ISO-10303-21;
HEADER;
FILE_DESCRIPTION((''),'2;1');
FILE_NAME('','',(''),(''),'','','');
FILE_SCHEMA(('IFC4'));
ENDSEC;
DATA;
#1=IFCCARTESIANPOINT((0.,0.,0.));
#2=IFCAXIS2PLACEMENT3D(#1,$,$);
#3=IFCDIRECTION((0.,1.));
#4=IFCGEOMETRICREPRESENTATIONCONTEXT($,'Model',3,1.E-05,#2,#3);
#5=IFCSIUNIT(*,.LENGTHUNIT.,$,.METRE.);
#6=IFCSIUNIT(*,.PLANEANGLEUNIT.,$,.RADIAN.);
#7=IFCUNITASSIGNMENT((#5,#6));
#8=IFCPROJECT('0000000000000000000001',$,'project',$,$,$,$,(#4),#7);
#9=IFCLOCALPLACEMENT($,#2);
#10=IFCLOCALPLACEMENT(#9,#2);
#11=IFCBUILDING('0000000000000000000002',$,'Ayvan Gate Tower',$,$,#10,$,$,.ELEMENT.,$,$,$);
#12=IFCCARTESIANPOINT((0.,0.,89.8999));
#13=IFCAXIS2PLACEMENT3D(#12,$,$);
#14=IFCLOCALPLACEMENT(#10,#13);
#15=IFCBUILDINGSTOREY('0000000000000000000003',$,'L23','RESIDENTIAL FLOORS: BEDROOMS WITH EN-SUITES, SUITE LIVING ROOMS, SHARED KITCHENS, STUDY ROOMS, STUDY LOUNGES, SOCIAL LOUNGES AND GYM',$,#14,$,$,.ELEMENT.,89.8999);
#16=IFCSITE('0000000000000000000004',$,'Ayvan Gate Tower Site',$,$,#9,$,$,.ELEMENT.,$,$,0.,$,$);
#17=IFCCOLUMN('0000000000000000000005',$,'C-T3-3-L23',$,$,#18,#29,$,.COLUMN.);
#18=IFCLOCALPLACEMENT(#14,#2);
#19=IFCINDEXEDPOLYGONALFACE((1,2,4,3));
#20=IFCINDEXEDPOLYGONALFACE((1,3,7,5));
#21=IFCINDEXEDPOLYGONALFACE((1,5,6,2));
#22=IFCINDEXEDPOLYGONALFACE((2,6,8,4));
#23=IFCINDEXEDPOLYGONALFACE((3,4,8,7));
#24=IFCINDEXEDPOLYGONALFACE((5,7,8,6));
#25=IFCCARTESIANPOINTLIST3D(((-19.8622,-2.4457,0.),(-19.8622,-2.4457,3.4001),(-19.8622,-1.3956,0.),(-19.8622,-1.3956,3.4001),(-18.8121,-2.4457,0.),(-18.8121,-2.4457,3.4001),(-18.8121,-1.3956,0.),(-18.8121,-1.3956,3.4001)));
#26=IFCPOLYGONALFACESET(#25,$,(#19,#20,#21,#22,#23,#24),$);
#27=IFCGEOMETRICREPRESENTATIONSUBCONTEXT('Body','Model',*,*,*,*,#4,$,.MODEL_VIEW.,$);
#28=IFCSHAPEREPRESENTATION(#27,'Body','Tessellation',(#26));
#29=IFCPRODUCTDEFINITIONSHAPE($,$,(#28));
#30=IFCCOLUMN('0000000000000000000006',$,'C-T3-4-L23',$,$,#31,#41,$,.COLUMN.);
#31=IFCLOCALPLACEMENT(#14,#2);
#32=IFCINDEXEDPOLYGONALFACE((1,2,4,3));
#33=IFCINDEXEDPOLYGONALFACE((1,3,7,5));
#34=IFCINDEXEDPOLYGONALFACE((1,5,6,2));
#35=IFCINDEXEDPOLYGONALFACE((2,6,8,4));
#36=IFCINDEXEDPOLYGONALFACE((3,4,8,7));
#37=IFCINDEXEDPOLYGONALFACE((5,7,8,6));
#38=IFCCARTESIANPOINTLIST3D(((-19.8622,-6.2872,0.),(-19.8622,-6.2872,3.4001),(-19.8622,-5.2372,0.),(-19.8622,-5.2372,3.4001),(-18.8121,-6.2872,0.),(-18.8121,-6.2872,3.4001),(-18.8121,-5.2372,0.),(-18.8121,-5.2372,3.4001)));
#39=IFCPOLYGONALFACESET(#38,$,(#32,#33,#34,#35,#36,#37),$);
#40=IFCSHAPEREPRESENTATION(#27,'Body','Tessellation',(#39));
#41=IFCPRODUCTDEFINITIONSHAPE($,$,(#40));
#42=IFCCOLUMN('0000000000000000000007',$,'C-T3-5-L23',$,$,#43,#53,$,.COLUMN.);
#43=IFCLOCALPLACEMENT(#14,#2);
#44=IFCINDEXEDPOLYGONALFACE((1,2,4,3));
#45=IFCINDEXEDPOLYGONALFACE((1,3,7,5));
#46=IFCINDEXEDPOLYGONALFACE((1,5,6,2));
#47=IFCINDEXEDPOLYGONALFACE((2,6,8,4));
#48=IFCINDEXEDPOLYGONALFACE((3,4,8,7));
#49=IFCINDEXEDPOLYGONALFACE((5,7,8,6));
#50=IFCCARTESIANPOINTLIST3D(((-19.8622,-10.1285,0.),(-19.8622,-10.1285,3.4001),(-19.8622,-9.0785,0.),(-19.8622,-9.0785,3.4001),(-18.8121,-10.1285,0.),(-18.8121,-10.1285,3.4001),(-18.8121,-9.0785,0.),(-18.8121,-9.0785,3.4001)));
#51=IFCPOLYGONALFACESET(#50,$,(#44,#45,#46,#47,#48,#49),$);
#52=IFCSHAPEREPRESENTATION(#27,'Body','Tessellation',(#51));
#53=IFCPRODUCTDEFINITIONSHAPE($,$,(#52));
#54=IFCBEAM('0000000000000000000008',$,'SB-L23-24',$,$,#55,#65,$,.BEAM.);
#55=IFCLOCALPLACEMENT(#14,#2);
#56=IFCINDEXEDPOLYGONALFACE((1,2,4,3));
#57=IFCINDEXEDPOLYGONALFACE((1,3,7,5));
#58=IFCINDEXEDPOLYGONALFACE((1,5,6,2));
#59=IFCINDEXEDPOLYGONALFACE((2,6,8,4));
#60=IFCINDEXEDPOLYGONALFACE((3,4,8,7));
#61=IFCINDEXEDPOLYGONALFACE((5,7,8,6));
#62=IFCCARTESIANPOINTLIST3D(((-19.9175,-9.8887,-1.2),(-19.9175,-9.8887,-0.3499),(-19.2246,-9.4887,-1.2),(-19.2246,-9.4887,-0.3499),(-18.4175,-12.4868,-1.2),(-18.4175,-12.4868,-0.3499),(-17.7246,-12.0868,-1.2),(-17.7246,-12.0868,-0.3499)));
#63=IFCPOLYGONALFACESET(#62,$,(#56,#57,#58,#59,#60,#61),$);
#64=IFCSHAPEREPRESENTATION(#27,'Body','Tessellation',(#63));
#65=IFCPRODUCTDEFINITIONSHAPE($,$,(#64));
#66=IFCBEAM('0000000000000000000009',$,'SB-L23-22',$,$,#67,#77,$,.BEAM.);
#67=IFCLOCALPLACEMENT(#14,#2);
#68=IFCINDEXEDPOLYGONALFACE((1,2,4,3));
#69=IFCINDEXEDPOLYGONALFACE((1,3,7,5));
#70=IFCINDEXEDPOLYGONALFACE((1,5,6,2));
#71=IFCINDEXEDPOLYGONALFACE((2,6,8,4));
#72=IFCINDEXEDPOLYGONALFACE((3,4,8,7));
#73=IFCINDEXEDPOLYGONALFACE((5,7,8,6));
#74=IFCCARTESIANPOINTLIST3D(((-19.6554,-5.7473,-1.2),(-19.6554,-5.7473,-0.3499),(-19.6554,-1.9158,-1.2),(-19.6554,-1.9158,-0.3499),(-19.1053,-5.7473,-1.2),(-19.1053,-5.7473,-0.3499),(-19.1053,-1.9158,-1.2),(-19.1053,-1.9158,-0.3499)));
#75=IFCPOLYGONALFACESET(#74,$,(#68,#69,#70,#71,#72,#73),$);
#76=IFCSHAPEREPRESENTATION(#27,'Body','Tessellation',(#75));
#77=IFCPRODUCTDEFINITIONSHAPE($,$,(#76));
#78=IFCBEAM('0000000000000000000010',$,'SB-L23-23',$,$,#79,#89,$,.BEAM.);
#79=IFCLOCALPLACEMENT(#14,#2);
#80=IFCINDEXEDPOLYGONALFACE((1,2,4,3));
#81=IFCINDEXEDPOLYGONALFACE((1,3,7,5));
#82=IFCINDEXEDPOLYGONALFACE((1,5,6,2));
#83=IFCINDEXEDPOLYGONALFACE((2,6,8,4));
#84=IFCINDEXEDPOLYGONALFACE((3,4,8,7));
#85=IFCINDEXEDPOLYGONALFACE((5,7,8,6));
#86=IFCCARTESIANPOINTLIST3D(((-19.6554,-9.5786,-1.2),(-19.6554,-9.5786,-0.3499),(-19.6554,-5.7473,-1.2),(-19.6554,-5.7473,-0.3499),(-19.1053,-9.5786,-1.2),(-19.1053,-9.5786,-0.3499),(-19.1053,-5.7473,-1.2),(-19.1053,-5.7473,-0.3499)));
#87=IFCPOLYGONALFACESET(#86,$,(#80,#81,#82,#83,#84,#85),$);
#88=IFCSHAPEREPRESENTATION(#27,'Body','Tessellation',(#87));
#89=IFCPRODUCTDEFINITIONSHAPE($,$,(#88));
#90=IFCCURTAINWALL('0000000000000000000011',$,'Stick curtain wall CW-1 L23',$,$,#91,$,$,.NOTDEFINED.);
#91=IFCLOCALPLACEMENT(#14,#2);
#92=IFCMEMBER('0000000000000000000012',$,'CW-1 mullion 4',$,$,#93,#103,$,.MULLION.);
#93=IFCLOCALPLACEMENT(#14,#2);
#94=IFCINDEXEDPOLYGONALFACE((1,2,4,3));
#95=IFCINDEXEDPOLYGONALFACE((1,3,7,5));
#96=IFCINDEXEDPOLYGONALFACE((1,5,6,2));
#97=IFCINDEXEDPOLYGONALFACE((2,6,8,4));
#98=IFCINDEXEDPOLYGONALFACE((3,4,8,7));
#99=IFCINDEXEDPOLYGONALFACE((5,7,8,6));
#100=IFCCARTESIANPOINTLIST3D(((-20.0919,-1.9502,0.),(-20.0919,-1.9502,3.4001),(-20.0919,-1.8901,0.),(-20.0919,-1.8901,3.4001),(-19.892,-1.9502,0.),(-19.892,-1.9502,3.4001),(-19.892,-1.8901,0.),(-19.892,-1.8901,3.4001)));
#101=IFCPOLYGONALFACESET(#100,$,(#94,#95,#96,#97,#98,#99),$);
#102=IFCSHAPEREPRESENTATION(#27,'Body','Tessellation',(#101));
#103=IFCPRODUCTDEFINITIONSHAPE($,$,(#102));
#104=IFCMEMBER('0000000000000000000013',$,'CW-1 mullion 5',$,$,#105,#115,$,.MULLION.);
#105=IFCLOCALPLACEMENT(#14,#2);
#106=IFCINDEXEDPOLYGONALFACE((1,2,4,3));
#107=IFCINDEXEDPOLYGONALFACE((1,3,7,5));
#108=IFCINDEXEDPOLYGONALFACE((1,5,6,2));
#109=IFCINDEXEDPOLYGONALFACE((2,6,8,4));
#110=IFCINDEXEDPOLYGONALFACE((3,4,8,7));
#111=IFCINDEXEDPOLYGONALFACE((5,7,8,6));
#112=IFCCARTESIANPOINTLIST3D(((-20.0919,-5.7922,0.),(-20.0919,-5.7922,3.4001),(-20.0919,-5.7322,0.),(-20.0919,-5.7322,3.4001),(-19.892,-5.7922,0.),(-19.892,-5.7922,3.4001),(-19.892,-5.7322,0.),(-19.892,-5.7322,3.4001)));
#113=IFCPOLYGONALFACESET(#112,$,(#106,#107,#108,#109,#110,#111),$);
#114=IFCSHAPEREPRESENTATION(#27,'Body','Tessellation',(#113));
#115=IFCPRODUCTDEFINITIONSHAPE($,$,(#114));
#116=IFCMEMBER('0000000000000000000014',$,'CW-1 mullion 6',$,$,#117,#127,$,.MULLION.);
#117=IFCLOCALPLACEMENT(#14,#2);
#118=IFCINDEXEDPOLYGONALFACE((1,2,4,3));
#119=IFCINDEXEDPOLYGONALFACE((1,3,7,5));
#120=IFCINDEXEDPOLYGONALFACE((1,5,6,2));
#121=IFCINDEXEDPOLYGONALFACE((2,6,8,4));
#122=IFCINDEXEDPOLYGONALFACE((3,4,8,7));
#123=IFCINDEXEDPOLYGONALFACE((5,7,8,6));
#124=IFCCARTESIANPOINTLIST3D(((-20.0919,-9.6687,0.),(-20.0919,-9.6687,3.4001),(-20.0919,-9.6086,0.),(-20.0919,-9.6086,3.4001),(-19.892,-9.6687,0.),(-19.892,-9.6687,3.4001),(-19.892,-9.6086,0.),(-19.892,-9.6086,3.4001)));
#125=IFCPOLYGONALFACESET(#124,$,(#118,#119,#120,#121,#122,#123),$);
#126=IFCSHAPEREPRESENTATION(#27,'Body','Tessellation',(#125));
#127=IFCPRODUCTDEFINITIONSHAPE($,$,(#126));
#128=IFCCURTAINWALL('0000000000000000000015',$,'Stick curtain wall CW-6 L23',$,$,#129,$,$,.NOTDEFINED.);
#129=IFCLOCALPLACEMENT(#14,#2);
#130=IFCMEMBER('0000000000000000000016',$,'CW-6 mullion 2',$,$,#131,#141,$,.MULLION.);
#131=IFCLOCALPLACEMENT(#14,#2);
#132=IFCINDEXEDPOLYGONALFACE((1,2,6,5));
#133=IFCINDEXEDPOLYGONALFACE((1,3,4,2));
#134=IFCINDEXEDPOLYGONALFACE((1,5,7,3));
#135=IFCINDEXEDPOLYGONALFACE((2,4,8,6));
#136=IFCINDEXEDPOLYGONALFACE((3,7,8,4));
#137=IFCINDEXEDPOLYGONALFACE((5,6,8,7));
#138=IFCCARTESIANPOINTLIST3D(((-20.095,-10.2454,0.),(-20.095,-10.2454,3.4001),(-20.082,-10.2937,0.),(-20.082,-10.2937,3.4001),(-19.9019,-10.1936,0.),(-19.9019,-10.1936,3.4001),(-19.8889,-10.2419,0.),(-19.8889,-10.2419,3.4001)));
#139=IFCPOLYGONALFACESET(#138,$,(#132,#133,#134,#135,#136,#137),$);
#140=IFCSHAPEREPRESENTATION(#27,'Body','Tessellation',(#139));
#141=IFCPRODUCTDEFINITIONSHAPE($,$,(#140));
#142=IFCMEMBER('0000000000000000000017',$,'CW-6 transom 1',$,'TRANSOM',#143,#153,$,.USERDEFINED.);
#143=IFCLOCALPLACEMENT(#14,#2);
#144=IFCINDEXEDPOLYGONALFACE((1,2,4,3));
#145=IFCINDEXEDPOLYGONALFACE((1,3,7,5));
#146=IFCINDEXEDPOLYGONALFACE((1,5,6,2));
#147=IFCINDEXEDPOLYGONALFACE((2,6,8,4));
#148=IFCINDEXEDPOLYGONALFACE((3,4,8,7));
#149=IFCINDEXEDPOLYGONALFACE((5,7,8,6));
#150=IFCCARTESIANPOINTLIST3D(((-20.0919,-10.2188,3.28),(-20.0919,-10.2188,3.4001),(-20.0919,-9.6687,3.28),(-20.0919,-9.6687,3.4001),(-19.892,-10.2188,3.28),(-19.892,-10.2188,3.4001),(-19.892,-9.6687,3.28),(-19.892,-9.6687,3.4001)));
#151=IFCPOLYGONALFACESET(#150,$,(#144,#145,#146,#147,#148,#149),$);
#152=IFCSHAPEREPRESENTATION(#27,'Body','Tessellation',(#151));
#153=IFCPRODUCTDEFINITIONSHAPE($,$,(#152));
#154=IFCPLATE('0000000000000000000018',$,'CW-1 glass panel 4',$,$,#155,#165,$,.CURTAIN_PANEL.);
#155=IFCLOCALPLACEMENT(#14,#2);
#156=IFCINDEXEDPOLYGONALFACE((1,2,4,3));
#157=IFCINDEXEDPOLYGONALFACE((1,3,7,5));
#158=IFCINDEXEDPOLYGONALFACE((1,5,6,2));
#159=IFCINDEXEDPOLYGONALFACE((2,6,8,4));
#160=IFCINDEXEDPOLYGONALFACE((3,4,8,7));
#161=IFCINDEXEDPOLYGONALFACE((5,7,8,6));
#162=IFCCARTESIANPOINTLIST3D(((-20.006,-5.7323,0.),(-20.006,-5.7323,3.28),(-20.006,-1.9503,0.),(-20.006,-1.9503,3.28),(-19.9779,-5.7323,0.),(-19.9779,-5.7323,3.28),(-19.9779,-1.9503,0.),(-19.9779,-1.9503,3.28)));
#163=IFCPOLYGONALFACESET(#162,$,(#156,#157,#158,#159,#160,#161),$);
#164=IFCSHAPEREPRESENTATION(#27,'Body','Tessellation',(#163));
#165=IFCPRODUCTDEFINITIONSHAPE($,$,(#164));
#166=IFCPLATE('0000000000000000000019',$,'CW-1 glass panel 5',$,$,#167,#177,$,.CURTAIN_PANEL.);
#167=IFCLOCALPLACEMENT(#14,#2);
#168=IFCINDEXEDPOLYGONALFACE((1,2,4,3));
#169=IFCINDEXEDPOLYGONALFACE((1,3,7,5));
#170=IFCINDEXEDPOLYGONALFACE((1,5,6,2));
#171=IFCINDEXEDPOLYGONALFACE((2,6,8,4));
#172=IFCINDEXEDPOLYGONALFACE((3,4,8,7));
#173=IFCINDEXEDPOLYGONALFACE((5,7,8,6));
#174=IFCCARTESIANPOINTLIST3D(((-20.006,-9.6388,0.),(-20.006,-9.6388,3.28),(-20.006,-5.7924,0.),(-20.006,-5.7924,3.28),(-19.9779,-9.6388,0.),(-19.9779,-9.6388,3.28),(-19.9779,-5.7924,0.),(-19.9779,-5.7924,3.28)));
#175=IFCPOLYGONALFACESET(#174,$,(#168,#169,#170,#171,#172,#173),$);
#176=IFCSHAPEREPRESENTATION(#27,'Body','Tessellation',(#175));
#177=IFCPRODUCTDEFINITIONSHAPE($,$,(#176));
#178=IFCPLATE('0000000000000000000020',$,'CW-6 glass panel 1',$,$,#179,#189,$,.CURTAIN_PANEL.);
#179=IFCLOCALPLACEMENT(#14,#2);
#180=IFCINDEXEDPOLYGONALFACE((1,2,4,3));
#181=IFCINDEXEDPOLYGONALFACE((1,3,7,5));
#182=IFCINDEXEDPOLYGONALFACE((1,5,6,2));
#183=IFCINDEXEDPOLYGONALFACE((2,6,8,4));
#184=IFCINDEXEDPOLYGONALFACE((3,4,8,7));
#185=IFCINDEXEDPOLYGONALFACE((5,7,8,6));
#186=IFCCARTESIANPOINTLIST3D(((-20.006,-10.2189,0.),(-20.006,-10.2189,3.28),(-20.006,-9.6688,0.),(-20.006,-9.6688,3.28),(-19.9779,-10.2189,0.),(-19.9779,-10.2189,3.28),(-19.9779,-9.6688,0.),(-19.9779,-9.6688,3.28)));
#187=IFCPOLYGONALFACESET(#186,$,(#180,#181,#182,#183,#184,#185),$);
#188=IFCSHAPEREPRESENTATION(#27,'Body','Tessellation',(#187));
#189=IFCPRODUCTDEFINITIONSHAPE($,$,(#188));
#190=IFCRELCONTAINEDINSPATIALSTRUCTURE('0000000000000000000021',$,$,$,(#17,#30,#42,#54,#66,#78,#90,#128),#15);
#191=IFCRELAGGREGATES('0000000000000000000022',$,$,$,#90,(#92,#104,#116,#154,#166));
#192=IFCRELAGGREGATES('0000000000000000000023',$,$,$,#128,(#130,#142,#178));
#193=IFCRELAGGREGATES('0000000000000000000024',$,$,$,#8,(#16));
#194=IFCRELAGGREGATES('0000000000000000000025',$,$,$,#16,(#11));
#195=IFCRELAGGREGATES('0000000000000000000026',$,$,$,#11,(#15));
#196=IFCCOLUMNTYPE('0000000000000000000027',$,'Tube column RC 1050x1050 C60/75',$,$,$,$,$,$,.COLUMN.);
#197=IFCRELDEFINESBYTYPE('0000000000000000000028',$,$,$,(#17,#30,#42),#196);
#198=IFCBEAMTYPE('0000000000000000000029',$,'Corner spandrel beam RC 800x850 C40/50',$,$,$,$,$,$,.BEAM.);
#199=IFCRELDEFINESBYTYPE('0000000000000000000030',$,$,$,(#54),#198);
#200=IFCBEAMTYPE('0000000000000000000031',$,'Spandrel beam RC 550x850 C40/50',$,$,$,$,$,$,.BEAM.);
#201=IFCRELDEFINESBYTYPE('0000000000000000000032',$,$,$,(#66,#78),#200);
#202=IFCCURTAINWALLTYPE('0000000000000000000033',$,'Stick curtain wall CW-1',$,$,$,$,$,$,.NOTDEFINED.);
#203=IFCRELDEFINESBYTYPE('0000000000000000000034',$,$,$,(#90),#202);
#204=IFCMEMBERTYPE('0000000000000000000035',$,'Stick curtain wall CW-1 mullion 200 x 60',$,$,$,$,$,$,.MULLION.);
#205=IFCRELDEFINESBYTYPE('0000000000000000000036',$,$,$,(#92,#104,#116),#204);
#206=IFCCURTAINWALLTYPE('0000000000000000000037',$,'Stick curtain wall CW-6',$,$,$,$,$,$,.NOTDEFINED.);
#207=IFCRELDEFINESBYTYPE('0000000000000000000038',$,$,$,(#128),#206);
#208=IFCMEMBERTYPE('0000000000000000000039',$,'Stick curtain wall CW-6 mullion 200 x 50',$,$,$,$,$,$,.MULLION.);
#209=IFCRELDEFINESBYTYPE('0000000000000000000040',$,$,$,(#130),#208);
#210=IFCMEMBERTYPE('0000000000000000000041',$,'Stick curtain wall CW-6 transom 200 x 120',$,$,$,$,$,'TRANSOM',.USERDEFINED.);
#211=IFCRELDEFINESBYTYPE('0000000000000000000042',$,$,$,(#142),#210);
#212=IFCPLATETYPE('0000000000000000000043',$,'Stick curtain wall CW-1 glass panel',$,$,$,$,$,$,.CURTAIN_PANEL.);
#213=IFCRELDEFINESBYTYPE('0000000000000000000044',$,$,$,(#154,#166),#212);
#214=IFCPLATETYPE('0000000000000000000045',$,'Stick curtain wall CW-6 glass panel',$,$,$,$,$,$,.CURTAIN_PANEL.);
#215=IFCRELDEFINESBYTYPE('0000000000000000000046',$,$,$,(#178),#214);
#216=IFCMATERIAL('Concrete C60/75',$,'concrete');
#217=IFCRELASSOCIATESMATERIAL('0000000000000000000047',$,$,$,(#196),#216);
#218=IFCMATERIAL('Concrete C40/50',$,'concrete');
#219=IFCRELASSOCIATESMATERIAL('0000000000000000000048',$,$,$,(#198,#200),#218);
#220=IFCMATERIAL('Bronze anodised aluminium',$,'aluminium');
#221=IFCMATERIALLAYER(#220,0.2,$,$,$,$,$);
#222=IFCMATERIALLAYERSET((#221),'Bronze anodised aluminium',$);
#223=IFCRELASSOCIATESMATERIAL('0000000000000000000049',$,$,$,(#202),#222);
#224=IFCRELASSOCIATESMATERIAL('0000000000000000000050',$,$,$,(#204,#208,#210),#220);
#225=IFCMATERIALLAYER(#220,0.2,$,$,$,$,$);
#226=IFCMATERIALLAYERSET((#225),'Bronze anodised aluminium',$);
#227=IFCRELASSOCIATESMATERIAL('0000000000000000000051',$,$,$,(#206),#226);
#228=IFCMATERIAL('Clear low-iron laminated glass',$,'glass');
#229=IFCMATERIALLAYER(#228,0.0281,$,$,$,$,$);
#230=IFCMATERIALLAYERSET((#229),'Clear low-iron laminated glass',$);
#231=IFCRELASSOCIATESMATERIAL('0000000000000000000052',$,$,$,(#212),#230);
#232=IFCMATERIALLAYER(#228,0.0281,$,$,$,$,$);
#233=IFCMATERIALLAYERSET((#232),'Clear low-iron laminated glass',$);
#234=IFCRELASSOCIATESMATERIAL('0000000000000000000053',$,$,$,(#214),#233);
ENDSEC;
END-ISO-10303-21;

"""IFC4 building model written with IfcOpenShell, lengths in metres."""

from ifc_helpers import new_model, si_unit, direction, frame, origin, origin_2d, place, context, subcontext, project, spatial, rectangle, extrude, material, layer, layer_set, material_profile, profile_set, type_object, element, aggregate, save


model = new_model("IFC4")

# Units and contexts
model_context = context("Model", 3, precision=1e-05, world=origin(), true_north=direction((0.0, 1.0)))
body_context = subcontext(model_context, "Body", "Model", "MODEL_VIEW")
ifc_project = project(units=[si_unit("LENGTHUNIT", "METRE"), si_unit("PLANEANGLEUNIT", "RADIAN")], contexts=[model_context])

# Site, building, storey
site_placement = place(None, origin())
site = spatial("IfcSite", under=ifc_project, at=site_placement, Name="Ayvan Gate Tower Site", CompositionType="ELEMENT", RefElevation=0.0)
building_placement = place(site_placement, origin())
building = spatial("IfcBuilding", under=site, at=building_placement, Name="Ayvan Gate Tower", CompositionType="ELEMENT")
storey_placement = place(building_placement, frame((0.0, 0.0, 89.8999)))
storey = spatial("IfcBuildingStorey", under=building, at=storey_placement, Name="L23", Description="RESIDENTIAL FLOORS: BEDROOMS WITH EN-SUITES, SUITE LIVING ROOMS, SHARED KITCHENS, STUDY ROOMS, STUDY LOUNGES, SOCIAL LOUNGES AND GYM", CompositionType="ELEMENT", Elevation=89.8999)

# Columns
ifc_material_1 = material(Name="Concrete C60/75", Category="concrete")
ifc_material_profile_1 = material_profile(ifc_material_1, rectangle(XDim=1.05, YDim=1.05, at=origin_2d()), Name="RC 1050x1050")
ifc_profile_set_1 = profile_set([ifc_material_profile_1], Name="Concrete C60/75")
column_type = type_object("IfcColumnType", Name="Tube column RC 1050x1050 C60/75", PredefinedType="COLUMN", material=ifc_profile_set_1)
for number, where, z_axis, x_axis, name in (
    (1, (-19.3372, -1.9207, 0.0), (0.0, 0.0, 1.0), (-1.0, 0.0, 0.0), "C-T3-3-L23"),
    (2, (-19.3372, -5.7622, 0.0), (0.0, 0.0, 1.0), (-1.0, 0.0, 0.0), "C-T3-4-L23"),
    (3, (-19.3372, -9.6035, 0.0), (0.0, 0.0, 1.0), (-1.0, 0.0, 0.0), "C-T3-5-L23"),
):
    element("IfcColumn", number, at=place(storey_placement, frame(where, z_axis=z_axis, x_axis=x_axis)), inside=storey, type_object=column_type, Name=name, PredefinedType="COLUMN", context=body_context, shape_type="SweptSolid", body=[
        extrude(rectangle(XDim=1.05, YDim=1.05, at=origin_2d()), origin(), (0.0, 0.0, 1.0), 3.4001),
    ])

# Beams
ifc_material_2 = material(Name="Concrete C40/50", Category="concrete")
ifc_material_profile_2 = material_profile(ifc_material_2, rectangle(XDim=0.8, YDim=0.8501, at=origin_2d()), Name="RC 800x850")
ifc_profile_set_2 = profile_set([ifc_material_profile_2], Name="Concrete C40/50")
beam_type_1 = type_object("IfcBeamType", Name="Corner spandrel beam RC 800x850 C40/50", PredefinedType="BEAM", material=ifc_profile_set_2)
beam_1_placement = place(storey_placement, frame((-19.571, -9.6887, -0.7749), z_axis=(0.49999, -0.866031, 0.0), x_axis=(0.866031, 0.49999, 0.0)))
element("IfcBeam", 4, at=beam_1_placement, inside=storey, type_object=beam_type_1, Name="SB-L23-24", PredefinedType="BEAM", context=body_context, shape_type="SweptSolid", body=[
    extrude(rectangle(XDim=0.8, YDim=0.8501, at=origin_2d()), origin(), (0.0, 0.0, 1.0), 3.0),
])
ifc_material_profile_3 = material_profile(ifc_material_2, rectangle(XDim=0.55, YDim=0.8501, at=origin_2d()), Name="RC 550x850")
ifc_profile_set_3 = profile_set([ifc_material_profile_3], Name="Concrete C40/50")
beam_type_2 = type_object("IfcBeamType", Name="Spandrel beam RC 550x850 C40/50", PredefinedType="BEAM", material=ifc_profile_set_3)
beam_2_placement = place(storey_placement, frame((-19.3804, -1.9158, -0.7749), z_axis=(0.0, -1.0, 0.0), x_axis=(1.0, 0.0, 0.0)))
element("IfcBeam", 5, at=beam_2_placement, inside=storey, type_object=beam_type_2, Name="SB-L23-22", PredefinedType="BEAM", context=body_context, shape_type="SweptSolid", body=[
    extrude(rectangle(XDim=0.55, YDim=0.8501, at=origin_2d()), origin(), (0.0, 0.0, 1.0), 3.8315),
])
beam_3_placement = place(storey_placement, frame((-19.3804, -5.7473, -0.7749), z_axis=(0.0, -1.0, 0.0), x_axis=(1.0, 0.0, 0.0)))
element("IfcBeam", 6, at=beam_3_placement, inside=storey, type_object=beam_type_2, Name="SB-L23-23", PredefinedType="BEAM", context=body_context, shape_type="SweptSolid", body=[
    extrude(rectangle(XDim=0.55, YDim=0.8501, at=origin_2d()), origin(), (0.0, 0.0, 1.0), 3.8313),
])

# Curtain walls, members
ifc_material_3 = material(Name="Bronze anodised aluminium", Category="aluminium")
ifc_layer_1 = layer(ifc_material_3, 0.2)
ifc_layer_set_1 = layer_set([ifc_layer_1], Name="Bronze anodised aluminium")
curtain_wall_type_1 = type_object("IfcCurtainWallType", Name="Stick curtain wall CW-1", PredefinedType="NOTDEFINED", material=ifc_layer_set_1)
curtain_wall_1_placement = place(storey_placement, origin())
curtain_wall_1 = element("IfcCurtainWall", 7, at=curtain_wall_1_placement, inside=storey, type_object=curtain_wall_type_1, Name="Stick curtain wall CW-1 L23", PredefinedType="NOTDEFINED")
ifc_material_profile_4 = material_profile(ifc_material_3, rectangle(XDim=0.2, YDim=0.0601, at=origin_2d()), Name="Stick curtain wall CW-1 mullion 200 x 60")
ifc_profile_set_4 = profile_set([ifc_material_profile_4], Name="Bronze anodised aluminium")
member_type_1 = type_object("IfcMemberType", Name="Stick curtain wall CW-1 mullion 200 x 60", PredefinedType="MULLION", material=ifc_profile_set_4)
member_1_placement = place(storey_placement, frame((-19.9919, -1.9202, 0.0), z_axis=(0.0, 0.0, 1.0), x_axis=(-1.0, 0.0, 0.0)))
member_1 = element("IfcMember", 8, at=member_1_placement, type_object=member_type_1, Name="CW-1 mullion 4", PredefinedType="MULLION", context=body_context, shape_type="SweptSolid", body=[
    extrude(rectangle(XDim=0.2, YDim=0.0601, at=origin_2d()), origin(), (0.0, 0.0, 1.0), 3.4001),
])
member_2_placement = place(storey_placement, frame((-19.9919, -5.7622, 0.0), z_axis=(0.0, 0.0, 1.0), x_axis=(-1.0, 0.0, 0.0)))
member_2 = element("IfcMember", 9, at=member_2_placement, type_object=member_type_1, Name="CW-1 mullion 5", PredefinedType="MULLION", context=body_context, shape_type="SweptSolid", body=[
    extrude(rectangle(XDim=0.2, YDim=0.0601, at=origin_2d()), origin(), (0.0, 0.0, 1.0), 3.4001),
])
member_3_placement = place(storey_placement, frame((-19.9919, -9.6387, 0.0), z_axis=(0.0, 0.0, 1.0), x_axis=(-1.0, 0.0, 0.0)))
member_3 = element("IfcMember", 10, at=member_3_placement, type_object=member_type_1, Name="CW-1 mullion 6", PredefinedType="MULLION", context=body_context, shape_type="SweptSolid", body=[
    extrude(rectangle(XDim=0.2, YDim=0.0601, at=origin_2d()), origin(), (0.0, 0.0, 1.0), 3.4001),
])
ifc_layer_2 = layer(ifc_material_3, 0.2)
ifc_layer_set_2 = layer_set([ifc_layer_2], Name="Bronze anodised aluminium")
curtain_wall_type_2 = type_object("IfcCurtainWallType", Name="Stick curtain wall CW-6", PredefinedType="NOTDEFINED", material=ifc_layer_set_2)
curtain_wall_2_placement = place(storey_placement, origin())
curtain_wall_2 = element("IfcCurtainWall", 11, at=curtain_wall_2_placement, inside=storey, type_object=curtain_wall_type_2, Name="Stick curtain wall CW-6 L23", PredefinedType="NOTDEFINED")
ifc_material_profile_5 = material_profile(ifc_material_3, rectangle(XDim=0.2, YDim=0.05, at=origin_2d()), Name="Stick curtain wall CW-6 mullion 200 x 50")
ifc_profile_set_5 = profile_set([ifc_material_profile_5], Name="Bronze anodised aluminium")
member_type_2 = type_object("IfcMemberType", Name="Stick curtain wall CW-6 mullion 200 x 50", PredefinedType="MULLION", material=ifc_profile_set_5)
member_4_placement = place(storey_placement, frame((-19.9919, -10.2437, 0.0), z_axis=(0.0, 0.0, 1.0), x_axis=(-0.965926, -0.258819, 0.0)))
member_4 = element("IfcMember", 12, at=member_4_placement, type_object=member_type_2, Name="CW-6 mullion 2", PredefinedType="MULLION", context=body_context, shape_type="SweptSolid", body=[
    extrude(rectangle(XDim=0.2, YDim=0.05, at=origin_2d()), origin(), (0.0, 0.0, 1.0), 3.4001),
])
ifc_material_profile_6 = material_profile(ifc_material_3, rectangle(XDim=0.2, YDim=0.1201, at=origin_2d()), Name="Stick curtain wall CW-6 transom 200 x 120")
ifc_profile_set_6 = profile_set([ifc_material_profile_6], Name="Bronze anodised aluminium")
member_type_3 = type_object("IfcMemberType", Name="Stick curtain wall CW-6 transom 200 x 120", ElementType="TRANSOM", PredefinedType="USERDEFINED", material=ifc_profile_set_6)
member_5_placement = place(storey_placement, frame((-19.9919, -9.6687, 3.3401), z_axis=(0.0, -1.0, 0.0), x_axis=(1.0, 0.0, 0.0)))
member_5 = element("IfcMember", 13, at=member_5_placement, type_object=member_type_3, Name="CW-6 transom 1", ObjectType="TRANSOM", PredefinedType="USERDEFINED", context=body_context, shape_type="SweptSolid", body=[
    extrude(rectangle(XDim=0.2, YDim=0.1201, at=origin_2d()), origin(), (0.0, 0.0, 1.0), 0.55),
])

# Plates
ifc_material_4 = material(Name="Clear low-iron laminated glass", Category="glass")
ifc_layer_3 = layer(ifc_material_4, 0.0281)
ifc_layer_set_3 = layer_set([ifc_layer_3], Name="Clear low-iron laminated glass")
plate_type_1 = type_object("IfcPlateType", Name="Stick curtain wall CW-1 glass panel", PredefinedType="CURTAIN_PANEL", material=ifc_layer_set_3)
plate_1_placement = place(storey_placement, frame((-19.9919, -3.8413, 0.0), z_axis=(0.0, 0.0, 1.0), x_axis=(0.0, -1.0, 0.0)))
plate_1 = element("IfcPlate", 14, at=plate_1_placement, type_object=plate_type_1, Name="CW-1 glass panel 4", PredefinedType="CURTAIN_PANEL", context=body_context, shape_type="SweptSolid", body=[
    extrude(rectangle(XDim=3.782, YDim=0.0281, at=origin_2d()), origin(), (0.0, 0.0, 1.0), 3.28),
])
plate_2_placement = place(storey_placement, frame((-19.9919, -7.7156, 0.0), z_axis=(0.0, 0.0, 1.0), x_axis=(0.0, -1.0, 0.0)))
plate_2 = element("IfcPlate", 15, at=plate_2_placement, type_object=plate_type_1, Name="CW-1 glass panel 5", PredefinedType="CURTAIN_PANEL", context=body_context, shape_type="SweptSolid", body=[
    extrude(rectangle(XDim=3.8464, YDim=0.0281, at=origin_2d()), origin(), (0.0, 0.0, 1.0), 3.28),
])
aggregate(curtain_wall_1, [member_1, member_2, member_3, plate_1, plate_2])
ifc_layer_4 = layer(ifc_material_4, 0.0281)
ifc_layer_set_4 = layer_set([ifc_layer_4], Name="Clear low-iron laminated glass")
plate_type_2 = type_object("IfcPlateType", Name="Stick curtain wall CW-6 glass panel", PredefinedType="CURTAIN_PANEL", material=ifc_layer_set_4)
plate_3_placement = place(storey_placement, frame((-19.9919, -9.9438, 0.0), z_axis=(0.0, 0.0, 1.0), x_axis=(0.0, -1.0, 0.0)))
plate_3 = element("IfcPlate", 16, at=plate_3_placement, type_object=plate_type_2, Name="CW-6 glass panel 1", PredefinedType="CURTAIN_PANEL", context=body_context, shape_type="SweptSolid", body=[
    extrude(rectangle(XDim=0.55, YDim=0.0281, at=origin_2d()), origin(), (0.0, 0.0, 1.0), 3.28),
])
aggregate(curtain_wall_2, [member_4, member_5, plate_3])

save(model, "model.ifc")
